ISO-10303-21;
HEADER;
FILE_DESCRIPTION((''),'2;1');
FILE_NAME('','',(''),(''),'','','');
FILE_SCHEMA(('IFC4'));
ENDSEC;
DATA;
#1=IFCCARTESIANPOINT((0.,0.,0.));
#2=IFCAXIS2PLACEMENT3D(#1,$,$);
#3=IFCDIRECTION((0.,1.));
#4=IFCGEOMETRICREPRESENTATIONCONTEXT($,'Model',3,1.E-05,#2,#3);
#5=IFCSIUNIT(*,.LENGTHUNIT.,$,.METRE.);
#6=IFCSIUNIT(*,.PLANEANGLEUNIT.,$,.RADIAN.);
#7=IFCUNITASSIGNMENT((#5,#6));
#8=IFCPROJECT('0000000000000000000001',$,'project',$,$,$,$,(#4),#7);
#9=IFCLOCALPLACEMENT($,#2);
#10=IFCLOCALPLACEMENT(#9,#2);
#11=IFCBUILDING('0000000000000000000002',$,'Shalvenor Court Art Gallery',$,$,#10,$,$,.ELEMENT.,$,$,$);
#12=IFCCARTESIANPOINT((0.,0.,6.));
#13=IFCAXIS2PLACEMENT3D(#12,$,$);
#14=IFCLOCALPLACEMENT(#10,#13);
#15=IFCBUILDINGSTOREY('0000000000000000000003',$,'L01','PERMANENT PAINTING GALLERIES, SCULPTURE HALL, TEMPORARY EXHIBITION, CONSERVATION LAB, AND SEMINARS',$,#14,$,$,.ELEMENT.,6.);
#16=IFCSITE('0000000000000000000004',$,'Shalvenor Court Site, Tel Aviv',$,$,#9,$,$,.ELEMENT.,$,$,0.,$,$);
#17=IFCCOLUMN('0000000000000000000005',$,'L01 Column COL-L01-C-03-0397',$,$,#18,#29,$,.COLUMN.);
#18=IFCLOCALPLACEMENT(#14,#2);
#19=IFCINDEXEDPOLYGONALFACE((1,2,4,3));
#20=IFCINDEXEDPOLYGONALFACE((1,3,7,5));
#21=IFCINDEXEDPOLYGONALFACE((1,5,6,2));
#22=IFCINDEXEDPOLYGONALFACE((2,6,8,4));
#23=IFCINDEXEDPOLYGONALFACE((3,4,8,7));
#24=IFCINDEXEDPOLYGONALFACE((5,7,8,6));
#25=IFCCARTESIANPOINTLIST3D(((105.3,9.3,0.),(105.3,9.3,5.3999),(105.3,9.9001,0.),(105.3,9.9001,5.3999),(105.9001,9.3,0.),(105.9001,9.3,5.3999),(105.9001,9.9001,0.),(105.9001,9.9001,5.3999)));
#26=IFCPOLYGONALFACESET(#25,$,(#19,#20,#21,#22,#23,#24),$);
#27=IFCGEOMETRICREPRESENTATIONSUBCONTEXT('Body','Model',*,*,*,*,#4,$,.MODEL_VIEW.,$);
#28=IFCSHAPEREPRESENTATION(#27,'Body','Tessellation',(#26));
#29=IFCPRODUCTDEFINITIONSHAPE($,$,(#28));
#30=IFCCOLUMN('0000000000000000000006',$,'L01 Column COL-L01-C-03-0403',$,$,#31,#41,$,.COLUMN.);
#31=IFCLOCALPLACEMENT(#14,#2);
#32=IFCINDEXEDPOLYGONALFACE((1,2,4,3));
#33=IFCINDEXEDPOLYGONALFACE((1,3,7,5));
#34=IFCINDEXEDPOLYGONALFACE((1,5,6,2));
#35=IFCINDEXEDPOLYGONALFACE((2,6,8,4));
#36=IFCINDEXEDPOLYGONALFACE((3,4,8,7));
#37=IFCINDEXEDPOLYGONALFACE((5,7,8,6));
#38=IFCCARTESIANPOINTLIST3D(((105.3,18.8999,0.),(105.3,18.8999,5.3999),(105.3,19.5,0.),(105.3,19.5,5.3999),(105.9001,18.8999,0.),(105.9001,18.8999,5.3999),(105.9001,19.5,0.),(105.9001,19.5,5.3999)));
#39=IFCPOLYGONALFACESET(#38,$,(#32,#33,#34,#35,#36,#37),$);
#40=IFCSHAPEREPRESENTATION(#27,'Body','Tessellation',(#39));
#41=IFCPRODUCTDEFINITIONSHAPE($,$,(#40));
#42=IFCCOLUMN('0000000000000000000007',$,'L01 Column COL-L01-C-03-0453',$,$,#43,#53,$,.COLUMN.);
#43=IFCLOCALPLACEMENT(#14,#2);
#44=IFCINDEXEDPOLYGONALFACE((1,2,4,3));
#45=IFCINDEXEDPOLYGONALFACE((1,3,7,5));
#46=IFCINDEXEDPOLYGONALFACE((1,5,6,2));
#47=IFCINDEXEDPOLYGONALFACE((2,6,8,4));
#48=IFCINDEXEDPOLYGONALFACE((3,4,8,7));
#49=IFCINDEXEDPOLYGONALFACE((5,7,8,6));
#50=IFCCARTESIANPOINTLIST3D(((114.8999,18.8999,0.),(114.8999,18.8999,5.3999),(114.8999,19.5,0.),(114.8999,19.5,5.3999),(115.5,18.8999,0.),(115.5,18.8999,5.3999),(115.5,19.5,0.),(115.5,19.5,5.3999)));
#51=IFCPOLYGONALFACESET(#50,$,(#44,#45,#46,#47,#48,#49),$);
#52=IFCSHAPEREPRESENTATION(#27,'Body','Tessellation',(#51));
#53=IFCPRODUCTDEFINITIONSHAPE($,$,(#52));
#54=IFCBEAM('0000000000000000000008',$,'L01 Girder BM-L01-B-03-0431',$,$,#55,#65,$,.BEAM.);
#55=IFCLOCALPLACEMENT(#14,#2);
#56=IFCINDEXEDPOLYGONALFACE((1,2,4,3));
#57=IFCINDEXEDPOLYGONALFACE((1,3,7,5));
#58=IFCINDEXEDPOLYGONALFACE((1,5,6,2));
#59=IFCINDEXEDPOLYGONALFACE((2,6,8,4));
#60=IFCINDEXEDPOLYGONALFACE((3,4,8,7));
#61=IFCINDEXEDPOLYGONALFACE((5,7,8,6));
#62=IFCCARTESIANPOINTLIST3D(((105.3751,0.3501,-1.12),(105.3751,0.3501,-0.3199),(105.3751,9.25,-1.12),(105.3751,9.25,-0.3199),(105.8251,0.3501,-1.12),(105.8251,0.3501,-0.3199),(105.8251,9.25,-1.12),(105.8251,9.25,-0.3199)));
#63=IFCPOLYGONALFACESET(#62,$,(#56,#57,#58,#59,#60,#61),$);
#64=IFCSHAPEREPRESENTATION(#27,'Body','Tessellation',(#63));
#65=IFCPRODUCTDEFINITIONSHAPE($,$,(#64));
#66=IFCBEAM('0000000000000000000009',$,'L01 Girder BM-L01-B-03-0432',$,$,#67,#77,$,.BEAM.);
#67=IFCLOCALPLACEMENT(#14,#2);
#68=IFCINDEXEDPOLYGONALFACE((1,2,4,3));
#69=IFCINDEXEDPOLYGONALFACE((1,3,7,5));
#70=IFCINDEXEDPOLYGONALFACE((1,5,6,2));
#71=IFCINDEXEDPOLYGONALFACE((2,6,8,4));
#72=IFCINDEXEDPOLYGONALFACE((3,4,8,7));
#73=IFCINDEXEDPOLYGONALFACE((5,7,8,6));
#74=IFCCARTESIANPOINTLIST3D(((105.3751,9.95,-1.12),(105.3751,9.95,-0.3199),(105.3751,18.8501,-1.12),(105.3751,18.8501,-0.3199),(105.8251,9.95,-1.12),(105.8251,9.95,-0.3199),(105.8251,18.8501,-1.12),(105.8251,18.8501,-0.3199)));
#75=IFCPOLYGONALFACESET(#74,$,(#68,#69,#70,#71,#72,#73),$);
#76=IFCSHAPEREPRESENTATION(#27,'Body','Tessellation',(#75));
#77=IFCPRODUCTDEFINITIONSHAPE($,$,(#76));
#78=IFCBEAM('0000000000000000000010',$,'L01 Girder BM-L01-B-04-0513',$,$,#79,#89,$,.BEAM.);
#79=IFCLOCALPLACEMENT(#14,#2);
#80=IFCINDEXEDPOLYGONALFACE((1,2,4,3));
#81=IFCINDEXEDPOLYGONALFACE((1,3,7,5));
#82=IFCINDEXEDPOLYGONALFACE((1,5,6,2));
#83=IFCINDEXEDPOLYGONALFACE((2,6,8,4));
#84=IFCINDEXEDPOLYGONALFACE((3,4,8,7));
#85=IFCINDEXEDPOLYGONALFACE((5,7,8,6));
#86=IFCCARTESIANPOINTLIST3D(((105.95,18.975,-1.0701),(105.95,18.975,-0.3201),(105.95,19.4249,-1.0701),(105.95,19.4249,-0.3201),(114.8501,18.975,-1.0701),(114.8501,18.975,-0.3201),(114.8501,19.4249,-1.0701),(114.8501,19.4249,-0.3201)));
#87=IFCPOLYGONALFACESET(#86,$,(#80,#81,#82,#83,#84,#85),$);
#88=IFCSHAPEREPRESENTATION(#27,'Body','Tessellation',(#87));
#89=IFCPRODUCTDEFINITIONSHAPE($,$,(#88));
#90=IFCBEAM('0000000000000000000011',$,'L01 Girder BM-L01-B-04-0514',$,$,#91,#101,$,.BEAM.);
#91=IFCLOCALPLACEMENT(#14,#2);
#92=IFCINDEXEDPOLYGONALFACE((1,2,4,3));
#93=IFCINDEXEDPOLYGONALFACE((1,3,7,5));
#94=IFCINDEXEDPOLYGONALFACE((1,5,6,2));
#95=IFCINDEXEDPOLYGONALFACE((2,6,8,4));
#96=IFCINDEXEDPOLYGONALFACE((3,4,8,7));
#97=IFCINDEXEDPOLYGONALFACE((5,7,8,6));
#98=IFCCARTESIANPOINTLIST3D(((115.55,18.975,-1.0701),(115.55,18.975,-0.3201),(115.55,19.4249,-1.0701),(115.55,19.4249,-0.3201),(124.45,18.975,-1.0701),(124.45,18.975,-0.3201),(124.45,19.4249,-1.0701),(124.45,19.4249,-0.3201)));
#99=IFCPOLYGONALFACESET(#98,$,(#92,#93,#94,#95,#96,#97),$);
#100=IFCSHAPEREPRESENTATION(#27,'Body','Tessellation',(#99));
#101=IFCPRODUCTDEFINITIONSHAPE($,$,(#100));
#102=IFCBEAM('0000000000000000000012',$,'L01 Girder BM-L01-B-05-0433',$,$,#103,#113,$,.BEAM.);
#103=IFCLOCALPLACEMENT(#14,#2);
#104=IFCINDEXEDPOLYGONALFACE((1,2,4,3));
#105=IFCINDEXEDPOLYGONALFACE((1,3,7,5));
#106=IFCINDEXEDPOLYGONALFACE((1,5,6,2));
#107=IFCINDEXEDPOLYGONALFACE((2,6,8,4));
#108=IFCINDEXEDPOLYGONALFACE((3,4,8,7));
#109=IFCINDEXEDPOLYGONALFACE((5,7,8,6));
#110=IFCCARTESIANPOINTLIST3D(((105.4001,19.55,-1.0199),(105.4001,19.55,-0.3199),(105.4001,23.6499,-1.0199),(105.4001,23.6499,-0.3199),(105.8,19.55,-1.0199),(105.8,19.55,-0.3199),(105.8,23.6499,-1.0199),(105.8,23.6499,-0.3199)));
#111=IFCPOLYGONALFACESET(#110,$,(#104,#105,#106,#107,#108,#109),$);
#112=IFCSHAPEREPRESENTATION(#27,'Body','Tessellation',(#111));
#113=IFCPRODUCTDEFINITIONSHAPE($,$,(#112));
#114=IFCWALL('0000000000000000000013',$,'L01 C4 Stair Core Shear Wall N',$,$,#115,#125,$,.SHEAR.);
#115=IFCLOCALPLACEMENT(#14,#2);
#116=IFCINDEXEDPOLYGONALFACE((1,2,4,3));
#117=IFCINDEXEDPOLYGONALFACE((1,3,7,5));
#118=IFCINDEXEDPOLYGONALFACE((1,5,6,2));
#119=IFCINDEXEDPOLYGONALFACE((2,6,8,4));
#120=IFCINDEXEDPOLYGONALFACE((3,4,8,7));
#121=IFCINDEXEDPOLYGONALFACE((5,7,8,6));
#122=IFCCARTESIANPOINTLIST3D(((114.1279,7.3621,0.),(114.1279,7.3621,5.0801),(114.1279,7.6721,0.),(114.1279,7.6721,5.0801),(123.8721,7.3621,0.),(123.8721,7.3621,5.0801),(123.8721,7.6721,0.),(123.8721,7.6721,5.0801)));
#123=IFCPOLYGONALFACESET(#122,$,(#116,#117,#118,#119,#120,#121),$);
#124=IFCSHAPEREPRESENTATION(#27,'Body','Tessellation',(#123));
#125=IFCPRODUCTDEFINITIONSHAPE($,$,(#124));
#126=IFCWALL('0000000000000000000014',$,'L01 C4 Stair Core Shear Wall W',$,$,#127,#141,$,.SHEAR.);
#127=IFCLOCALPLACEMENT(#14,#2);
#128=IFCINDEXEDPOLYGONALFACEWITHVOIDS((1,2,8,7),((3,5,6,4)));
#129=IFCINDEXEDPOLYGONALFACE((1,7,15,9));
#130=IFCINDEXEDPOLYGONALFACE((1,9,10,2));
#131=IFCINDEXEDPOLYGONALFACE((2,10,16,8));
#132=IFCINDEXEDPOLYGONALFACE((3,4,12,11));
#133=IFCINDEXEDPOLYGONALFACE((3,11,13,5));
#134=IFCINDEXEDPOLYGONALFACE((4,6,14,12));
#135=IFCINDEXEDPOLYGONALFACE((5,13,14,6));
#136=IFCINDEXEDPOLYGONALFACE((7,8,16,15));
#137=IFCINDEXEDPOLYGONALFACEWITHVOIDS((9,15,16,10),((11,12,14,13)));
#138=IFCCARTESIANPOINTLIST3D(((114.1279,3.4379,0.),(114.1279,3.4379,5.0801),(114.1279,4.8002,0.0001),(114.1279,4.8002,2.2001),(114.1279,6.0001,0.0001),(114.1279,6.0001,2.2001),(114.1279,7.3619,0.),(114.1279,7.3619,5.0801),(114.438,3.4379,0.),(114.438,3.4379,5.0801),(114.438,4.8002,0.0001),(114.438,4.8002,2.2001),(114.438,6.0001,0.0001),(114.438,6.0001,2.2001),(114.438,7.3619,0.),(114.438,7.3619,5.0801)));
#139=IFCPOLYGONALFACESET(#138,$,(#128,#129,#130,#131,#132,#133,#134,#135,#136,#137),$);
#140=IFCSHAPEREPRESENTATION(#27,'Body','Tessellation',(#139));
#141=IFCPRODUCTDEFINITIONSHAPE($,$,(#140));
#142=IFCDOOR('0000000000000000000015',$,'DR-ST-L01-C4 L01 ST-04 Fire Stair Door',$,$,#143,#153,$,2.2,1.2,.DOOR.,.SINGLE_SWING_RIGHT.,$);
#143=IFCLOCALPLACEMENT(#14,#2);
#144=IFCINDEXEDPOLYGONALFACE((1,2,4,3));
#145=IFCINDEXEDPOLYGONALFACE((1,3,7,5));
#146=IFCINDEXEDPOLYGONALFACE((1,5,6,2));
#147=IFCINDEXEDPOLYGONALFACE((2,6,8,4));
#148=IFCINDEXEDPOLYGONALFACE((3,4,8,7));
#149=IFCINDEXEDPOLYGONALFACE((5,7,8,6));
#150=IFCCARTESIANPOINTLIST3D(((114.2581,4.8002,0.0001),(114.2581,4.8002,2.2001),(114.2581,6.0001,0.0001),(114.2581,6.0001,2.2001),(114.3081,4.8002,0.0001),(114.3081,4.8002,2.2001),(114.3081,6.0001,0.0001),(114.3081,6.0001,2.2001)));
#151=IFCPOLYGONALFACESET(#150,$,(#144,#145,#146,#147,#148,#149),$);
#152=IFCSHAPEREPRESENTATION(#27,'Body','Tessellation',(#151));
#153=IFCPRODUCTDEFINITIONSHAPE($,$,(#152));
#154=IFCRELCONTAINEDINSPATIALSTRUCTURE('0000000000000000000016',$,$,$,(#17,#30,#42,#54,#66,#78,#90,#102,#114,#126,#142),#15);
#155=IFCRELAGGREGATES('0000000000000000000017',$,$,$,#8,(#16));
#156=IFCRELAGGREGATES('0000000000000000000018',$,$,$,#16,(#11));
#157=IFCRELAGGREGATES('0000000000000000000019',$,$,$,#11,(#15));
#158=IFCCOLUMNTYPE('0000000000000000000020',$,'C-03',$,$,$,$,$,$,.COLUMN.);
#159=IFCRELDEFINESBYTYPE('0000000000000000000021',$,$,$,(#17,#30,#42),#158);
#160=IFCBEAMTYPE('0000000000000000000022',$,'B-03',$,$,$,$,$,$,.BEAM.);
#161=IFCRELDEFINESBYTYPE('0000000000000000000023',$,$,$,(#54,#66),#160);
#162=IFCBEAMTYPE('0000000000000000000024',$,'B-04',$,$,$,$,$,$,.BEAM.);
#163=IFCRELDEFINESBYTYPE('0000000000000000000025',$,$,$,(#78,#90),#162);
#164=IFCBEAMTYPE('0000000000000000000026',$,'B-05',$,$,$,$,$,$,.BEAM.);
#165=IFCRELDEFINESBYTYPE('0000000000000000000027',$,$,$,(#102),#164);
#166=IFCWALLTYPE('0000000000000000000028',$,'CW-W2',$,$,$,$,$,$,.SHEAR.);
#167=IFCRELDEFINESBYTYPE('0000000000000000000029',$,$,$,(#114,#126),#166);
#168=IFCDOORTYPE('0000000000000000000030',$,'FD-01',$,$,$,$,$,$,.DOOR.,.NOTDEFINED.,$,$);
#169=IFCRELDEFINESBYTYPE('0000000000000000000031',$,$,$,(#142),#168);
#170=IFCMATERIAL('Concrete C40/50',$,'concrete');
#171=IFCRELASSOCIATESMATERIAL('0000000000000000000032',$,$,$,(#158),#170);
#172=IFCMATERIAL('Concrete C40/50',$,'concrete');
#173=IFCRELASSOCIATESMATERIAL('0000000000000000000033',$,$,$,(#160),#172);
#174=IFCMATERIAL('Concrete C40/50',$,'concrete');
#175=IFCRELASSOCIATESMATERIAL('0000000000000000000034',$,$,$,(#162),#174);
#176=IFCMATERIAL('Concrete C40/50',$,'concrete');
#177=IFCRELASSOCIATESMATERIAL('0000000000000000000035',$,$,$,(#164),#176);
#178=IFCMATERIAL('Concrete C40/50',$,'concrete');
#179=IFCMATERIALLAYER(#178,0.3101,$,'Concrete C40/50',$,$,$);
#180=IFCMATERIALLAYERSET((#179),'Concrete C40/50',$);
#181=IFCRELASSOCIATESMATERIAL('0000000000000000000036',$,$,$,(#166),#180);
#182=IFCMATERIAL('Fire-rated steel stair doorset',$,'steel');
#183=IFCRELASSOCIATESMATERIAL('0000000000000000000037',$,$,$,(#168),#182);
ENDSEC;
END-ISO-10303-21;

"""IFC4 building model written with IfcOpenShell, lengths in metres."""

from ifc_helpers import new_model, si_unit, direction, frame, frame_2d, origin, origin_2d, place, context, subcontext, project, spatial, rectangle, extrude, material, layer, layer_set, material_profile, profile_set, type_object, element, fill, save


model = new_model("IFC4")

# Units and contexts
model_context = context("Model", 3, precision=1e-05, world=origin(), true_north=direction((0.0, 1.0)))
body_context = subcontext(model_context, "Body", "Model", "MODEL_VIEW")
ifc_project = project(units=[si_unit("LENGTHUNIT", "METRE"), si_unit("PLANEANGLEUNIT", "RADIAN")], contexts=[model_context])

# Site, building, storey
site_placement = place(None, origin())
site = spatial("IfcSite", under=ifc_project, at=site_placement, Name="Shalvenor Court Site, Tel Aviv", CompositionType="ELEMENT", RefElevation=0.0)
building_placement = place(site_placement, origin())
building = spatial("IfcBuilding", under=site, at=building_placement, Name="Shalvenor Court Art Gallery", CompositionType="ELEMENT")
storey_placement = place(building_placement, frame((0.0, 0.0, 6.0)))
storey = spatial("IfcBuildingStorey", under=building, at=storey_placement, Name="L01", Description="PERMANENT PAINTING GALLERIES, SCULPTURE HALL, TEMPORARY EXHIBITION, CONSERVATION LAB, AND SEMINARS", CompositionType="ELEMENT", Elevation=6.0)

# Columns
ifc_material_1 = material(Name="Concrete C40/50", Category="concrete")
ifc_material_profile_1 = material_profile(ifc_material_1, rectangle(XDim=0.6001, YDim=0.6001, at=origin_2d()), Name="RC 600x600")
ifc_profile_set_1 = profile_set([ifc_material_profile_1], Name="Concrete C40/50")
column_type = type_object("IfcColumnType", Name="C-03", PredefinedType="COLUMN", material=ifc_profile_set_1)
for number, where, z_axis, x_axis, name in (
    (1, (105.6001, 9.6001, 0.0), (0.0, 0.0, 1.0), (1.0, 0.0, 0.0), "L01 Column COL-L01-C-03-0397"),
    (2, (105.6001, 19.2, 0.0), (0.0, 0.0, 1.0), (1.0, 0.0, 0.0), "L01 Column COL-L01-C-03-0403"),
    (3, (115.2, 19.2, 0.0), (0.0, 0.0, 1.0), (1.0, 0.0, 0.0), "L01 Column COL-L01-C-03-0453"),
):
    element("IfcColumn", number, at=place(storey_placement, frame(where, z_axis=z_axis, x_axis=x_axis)), inside=storey, type_object=column_type, Name=name, PredefinedType="COLUMN", context=body_context, shape_type="SweptSolid", body=[
        extrude(rectangle(XDim=0.6001, YDim=0.6001, at=origin_2d()), origin(), (0.0, 0.0, 1.0), 5.3999),
    ])

# Beams
ifc_material_2 = material(Name="Concrete C40/50", Category="concrete")
ifc_material_profile_2 = material_profile(ifc_material_2, rectangle(XDim=0.45, YDim=0.8, at=origin_2d()), Name="RC 450x800")
ifc_profile_set_2 = profile_set([ifc_material_profile_2], Name="Concrete C40/50")
beam_type_1 = type_object("IfcBeamType", Name="B-03", PredefinedType="BEAM", material=ifc_profile_set_2)
beam_1_placement = place(storey_placement, frame((105.6001, 0.3501, -0.72), z_axis=(0.0, 1.0, 0.0), x_axis=(-1.0, 0.0, 0.0)))
element("IfcBeam", 4, at=beam_1_placement, inside=storey, type_object=beam_type_1, Name="L01 Girder BM-L01-B-03-0431", PredefinedType="BEAM", context=body_context, shape_type="SweptSolid", body=[
    extrude(rectangle(XDim=0.45, YDim=0.8, at=origin_2d()), origin(), (0.0, 0.0, 1.0), 8.8999),
])
beam_2_placement = place(storey_placement, frame((105.6001, 9.95, -0.72), z_axis=(0.0, 1.0, 0.0), x_axis=(-1.0, 0.0, 0.0)))
element("IfcBeam", 5, at=beam_2_placement, inside=storey, type_object=beam_type_1, Name="L01 Girder BM-L01-B-03-0432", PredefinedType="BEAM", context=body_context, shape_type="SweptSolid", body=[
    extrude(rectangle(XDim=0.45, YDim=0.8, at=origin_2d()), origin(), (0.0, 0.0, 1.0), 8.9001),
])
ifc_material_3 = material(Name="Concrete C40/50", Category="concrete")
ifc_material_profile_3 = material_profile(ifc_material_3, rectangle(XDim=0.45, YDim=0.75, at=origin_2d()), Name="RC 450x750")
ifc_profile_set_3 = profile_set([ifc_material_profile_3], Name="Concrete C40/50")
beam_type_2 = type_object("IfcBeamType", Name="B-04", PredefinedType="BEAM", material=ifc_profile_set_3)
beam_3_placement = place(storey_placement, frame((105.95, 19.2, -0.6951), z_axis=(1.0, 0.0, 0.0), x_axis=(0.0, 1.0, 0.0)))
element("IfcBeam", 6, at=beam_3_placement, inside=storey, type_object=beam_type_2, Name="L01 Girder BM-L01-B-04-0513", PredefinedType="BEAM", context=body_context, shape_type="SweptSolid", body=[
    extrude(rectangle(XDim=0.45, YDim=0.75, at=origin_2d()), origin(), (0.0, 0.0, 1.0), 8.9001),
])
beam_4_placement = place(storey_placement, frame((115.55, 19.2, -0.6951), z_axis=(1.0, 0.0, 0.0), x_axis=(0.0, 1.0, 0.0)))
element("IfcBeam", 7, at=beam_4_placement, inside=storey, type_object=beam_type_2, Name="L01 Girder BM-L01-B-04-0514", PredefinedType="BEAM", context=body_context, shape_type="SweptSolid", body=[
    extrude(rectangle(XDim=0.45, YDim=0.75, at=origin_2d()), origin(), (0.0, 0.0, 1.0), 8.8999),
])
ifc_material_4 = material(Name="Concrete C40/50", Category="concrete")
ifc_material_profile_4 = material_profile(ifc_material_4, rectangle(XDim=0.3999, YDim=0.7, at=origin_2d()), Name="RC 400x700")
ifc_profile_set_4 = profile_set([ifc_material_profile_4], Name="Concrete C40/50")
beam_type_3 = type_object("IfcBeamType", Name="B-05", PredefinedType="BEAM", material=ifc_profile_set_4)
beam_5_placement = place(storey_placement, frame((105.6001, 19.55, -0.6699), z_axis=(0.0, 1.0, 0.0), x_axis=(-1.0, 0.0, 0.0)))
element("IfcBeam", 8, at=beam_5_placement, inside=storey, type_object=beam_type_3, Name="L01 Girder BM-L01-B-05-0433", PredefinedType="BEAM", context=body_context, shape_type="SweptSolid", body=[
    extrude(rectangle(XDim=0.3999, YDim=0.7, at=origin_2d()), origin(), (0.0, 0.0, 1.0), 4.0999),
])

# Wall
ifc_material_5 = material(Name="Concrete C40/50", Category="concrete")
ifc_layer_1 = layer(ifc_material_5, 0.3101, Name="Concrete C40/50")
ifc_layer_set_1 = layer_set([ifc_layer_1], Name="Concrete C40/50")
wall_type_1 = type_object("IfcWallType", Name="CW-W2", PredefinedType="SHEAR", material=ifc_layer_set_1)
wall_1_placement = place(storey_placement, frame((114.1279, 7.5171, 0.0), z_axis=(0.0, 0.0, 1.0), x_axis=(1.0, 0.0, 0.0)))
element("IfcWall", 9, at=wall_1_placement, inside=storey, type_object=wall_type_1, Name="L01 C4 Stair Core Shear Wall N", PredefinedType="SHEAR", context=body_context, shape_type="SweptSolid", body=[
    extrude(rectangle(XDim=9.7441, YDim=0.3101, at=frame_2d((4.8721, 0.0))), origin(), (0.0, 0.0, 1.0), 5.0801),
])

# Wall, opening, door
wall_2_placement = place(storey_placement, frame((114.283, 3.438, 0.0), z_axis=(0.0, 0.0, 1.0), x_axis=(0.0, 1.0, 0.0)))
wall_2 = element("IfcWall", 10, at=wall_2_placement, inside=storey, type_object=wall_type_1, Name="L01 C4 Stair Core Shear Wall W", PredefinedType="SHEAR", context=body_context, shape_type="SweptSolid", body=[
    extrude(rectangle(XDim=3.9241, YDim=0.3101, at=frame_2d((1.9619, 0.0))), origin(), (0.0, 0.0, 1.0), 5.0801),
])
opening_1_placement = place(wall_2_placement, frame((1.3621, 0.0, 0.0)))
opening_1 = element("IfcOpeningElement", 11, at=opening_1_placement, cuts=wall_2, PredefinedType="OPENING", context=body_context, shape_type="SweptSolid", body=[
    extrude(rectangle(XDim=1.2, YDim=2.2, at=frame_2d((0.6001, 1.1001))), frame((0.0, 0.165, 0.0), z_axis=(0.0, -1.0, 0.0), x_axis=(1.0, 0.0, 0.0)), (0.0, 0.0, 1.0), 0.3301),
])
ifc_material_6 = material(Name="Fire-rated steel stair doorset", Category="steel")
door_type_1 = type_object("IfcDoorType", Name="FD-01", OperationType="NOTDEFINED", PredefinedType="DOOR", material=ifc_material_6)
door_1_placement = place(opening_1_placement, origin())
door_1 = element("IfcDoor", 12, at=door_1_placement, inside=storey, type_object=door_type_1, Name="DR-ST-L01-C4 L01 ST-04 Fire Stair Door", OperationType="SINGLE_SWING_RIGHT", OverallHeight=2.2, OverallWidth=1.2, PredefinedType="DOOR", context=body_context, shape_type="SweptSolid", body=[
    extrude(rectangle(XDim=1.2, YDim=2.2, at=frame_2d((0.6001, 1.1001))), frame((0.0, 0.0249, 0.0), z_axis=(0.0, -1.0, 0.0), x_axis=(1.0, 0.0, 0.0)), (0.0, 0.0, 1.0), 0.05),
])
fill(opening_1, door_1)

save(model, "model.ifc")
